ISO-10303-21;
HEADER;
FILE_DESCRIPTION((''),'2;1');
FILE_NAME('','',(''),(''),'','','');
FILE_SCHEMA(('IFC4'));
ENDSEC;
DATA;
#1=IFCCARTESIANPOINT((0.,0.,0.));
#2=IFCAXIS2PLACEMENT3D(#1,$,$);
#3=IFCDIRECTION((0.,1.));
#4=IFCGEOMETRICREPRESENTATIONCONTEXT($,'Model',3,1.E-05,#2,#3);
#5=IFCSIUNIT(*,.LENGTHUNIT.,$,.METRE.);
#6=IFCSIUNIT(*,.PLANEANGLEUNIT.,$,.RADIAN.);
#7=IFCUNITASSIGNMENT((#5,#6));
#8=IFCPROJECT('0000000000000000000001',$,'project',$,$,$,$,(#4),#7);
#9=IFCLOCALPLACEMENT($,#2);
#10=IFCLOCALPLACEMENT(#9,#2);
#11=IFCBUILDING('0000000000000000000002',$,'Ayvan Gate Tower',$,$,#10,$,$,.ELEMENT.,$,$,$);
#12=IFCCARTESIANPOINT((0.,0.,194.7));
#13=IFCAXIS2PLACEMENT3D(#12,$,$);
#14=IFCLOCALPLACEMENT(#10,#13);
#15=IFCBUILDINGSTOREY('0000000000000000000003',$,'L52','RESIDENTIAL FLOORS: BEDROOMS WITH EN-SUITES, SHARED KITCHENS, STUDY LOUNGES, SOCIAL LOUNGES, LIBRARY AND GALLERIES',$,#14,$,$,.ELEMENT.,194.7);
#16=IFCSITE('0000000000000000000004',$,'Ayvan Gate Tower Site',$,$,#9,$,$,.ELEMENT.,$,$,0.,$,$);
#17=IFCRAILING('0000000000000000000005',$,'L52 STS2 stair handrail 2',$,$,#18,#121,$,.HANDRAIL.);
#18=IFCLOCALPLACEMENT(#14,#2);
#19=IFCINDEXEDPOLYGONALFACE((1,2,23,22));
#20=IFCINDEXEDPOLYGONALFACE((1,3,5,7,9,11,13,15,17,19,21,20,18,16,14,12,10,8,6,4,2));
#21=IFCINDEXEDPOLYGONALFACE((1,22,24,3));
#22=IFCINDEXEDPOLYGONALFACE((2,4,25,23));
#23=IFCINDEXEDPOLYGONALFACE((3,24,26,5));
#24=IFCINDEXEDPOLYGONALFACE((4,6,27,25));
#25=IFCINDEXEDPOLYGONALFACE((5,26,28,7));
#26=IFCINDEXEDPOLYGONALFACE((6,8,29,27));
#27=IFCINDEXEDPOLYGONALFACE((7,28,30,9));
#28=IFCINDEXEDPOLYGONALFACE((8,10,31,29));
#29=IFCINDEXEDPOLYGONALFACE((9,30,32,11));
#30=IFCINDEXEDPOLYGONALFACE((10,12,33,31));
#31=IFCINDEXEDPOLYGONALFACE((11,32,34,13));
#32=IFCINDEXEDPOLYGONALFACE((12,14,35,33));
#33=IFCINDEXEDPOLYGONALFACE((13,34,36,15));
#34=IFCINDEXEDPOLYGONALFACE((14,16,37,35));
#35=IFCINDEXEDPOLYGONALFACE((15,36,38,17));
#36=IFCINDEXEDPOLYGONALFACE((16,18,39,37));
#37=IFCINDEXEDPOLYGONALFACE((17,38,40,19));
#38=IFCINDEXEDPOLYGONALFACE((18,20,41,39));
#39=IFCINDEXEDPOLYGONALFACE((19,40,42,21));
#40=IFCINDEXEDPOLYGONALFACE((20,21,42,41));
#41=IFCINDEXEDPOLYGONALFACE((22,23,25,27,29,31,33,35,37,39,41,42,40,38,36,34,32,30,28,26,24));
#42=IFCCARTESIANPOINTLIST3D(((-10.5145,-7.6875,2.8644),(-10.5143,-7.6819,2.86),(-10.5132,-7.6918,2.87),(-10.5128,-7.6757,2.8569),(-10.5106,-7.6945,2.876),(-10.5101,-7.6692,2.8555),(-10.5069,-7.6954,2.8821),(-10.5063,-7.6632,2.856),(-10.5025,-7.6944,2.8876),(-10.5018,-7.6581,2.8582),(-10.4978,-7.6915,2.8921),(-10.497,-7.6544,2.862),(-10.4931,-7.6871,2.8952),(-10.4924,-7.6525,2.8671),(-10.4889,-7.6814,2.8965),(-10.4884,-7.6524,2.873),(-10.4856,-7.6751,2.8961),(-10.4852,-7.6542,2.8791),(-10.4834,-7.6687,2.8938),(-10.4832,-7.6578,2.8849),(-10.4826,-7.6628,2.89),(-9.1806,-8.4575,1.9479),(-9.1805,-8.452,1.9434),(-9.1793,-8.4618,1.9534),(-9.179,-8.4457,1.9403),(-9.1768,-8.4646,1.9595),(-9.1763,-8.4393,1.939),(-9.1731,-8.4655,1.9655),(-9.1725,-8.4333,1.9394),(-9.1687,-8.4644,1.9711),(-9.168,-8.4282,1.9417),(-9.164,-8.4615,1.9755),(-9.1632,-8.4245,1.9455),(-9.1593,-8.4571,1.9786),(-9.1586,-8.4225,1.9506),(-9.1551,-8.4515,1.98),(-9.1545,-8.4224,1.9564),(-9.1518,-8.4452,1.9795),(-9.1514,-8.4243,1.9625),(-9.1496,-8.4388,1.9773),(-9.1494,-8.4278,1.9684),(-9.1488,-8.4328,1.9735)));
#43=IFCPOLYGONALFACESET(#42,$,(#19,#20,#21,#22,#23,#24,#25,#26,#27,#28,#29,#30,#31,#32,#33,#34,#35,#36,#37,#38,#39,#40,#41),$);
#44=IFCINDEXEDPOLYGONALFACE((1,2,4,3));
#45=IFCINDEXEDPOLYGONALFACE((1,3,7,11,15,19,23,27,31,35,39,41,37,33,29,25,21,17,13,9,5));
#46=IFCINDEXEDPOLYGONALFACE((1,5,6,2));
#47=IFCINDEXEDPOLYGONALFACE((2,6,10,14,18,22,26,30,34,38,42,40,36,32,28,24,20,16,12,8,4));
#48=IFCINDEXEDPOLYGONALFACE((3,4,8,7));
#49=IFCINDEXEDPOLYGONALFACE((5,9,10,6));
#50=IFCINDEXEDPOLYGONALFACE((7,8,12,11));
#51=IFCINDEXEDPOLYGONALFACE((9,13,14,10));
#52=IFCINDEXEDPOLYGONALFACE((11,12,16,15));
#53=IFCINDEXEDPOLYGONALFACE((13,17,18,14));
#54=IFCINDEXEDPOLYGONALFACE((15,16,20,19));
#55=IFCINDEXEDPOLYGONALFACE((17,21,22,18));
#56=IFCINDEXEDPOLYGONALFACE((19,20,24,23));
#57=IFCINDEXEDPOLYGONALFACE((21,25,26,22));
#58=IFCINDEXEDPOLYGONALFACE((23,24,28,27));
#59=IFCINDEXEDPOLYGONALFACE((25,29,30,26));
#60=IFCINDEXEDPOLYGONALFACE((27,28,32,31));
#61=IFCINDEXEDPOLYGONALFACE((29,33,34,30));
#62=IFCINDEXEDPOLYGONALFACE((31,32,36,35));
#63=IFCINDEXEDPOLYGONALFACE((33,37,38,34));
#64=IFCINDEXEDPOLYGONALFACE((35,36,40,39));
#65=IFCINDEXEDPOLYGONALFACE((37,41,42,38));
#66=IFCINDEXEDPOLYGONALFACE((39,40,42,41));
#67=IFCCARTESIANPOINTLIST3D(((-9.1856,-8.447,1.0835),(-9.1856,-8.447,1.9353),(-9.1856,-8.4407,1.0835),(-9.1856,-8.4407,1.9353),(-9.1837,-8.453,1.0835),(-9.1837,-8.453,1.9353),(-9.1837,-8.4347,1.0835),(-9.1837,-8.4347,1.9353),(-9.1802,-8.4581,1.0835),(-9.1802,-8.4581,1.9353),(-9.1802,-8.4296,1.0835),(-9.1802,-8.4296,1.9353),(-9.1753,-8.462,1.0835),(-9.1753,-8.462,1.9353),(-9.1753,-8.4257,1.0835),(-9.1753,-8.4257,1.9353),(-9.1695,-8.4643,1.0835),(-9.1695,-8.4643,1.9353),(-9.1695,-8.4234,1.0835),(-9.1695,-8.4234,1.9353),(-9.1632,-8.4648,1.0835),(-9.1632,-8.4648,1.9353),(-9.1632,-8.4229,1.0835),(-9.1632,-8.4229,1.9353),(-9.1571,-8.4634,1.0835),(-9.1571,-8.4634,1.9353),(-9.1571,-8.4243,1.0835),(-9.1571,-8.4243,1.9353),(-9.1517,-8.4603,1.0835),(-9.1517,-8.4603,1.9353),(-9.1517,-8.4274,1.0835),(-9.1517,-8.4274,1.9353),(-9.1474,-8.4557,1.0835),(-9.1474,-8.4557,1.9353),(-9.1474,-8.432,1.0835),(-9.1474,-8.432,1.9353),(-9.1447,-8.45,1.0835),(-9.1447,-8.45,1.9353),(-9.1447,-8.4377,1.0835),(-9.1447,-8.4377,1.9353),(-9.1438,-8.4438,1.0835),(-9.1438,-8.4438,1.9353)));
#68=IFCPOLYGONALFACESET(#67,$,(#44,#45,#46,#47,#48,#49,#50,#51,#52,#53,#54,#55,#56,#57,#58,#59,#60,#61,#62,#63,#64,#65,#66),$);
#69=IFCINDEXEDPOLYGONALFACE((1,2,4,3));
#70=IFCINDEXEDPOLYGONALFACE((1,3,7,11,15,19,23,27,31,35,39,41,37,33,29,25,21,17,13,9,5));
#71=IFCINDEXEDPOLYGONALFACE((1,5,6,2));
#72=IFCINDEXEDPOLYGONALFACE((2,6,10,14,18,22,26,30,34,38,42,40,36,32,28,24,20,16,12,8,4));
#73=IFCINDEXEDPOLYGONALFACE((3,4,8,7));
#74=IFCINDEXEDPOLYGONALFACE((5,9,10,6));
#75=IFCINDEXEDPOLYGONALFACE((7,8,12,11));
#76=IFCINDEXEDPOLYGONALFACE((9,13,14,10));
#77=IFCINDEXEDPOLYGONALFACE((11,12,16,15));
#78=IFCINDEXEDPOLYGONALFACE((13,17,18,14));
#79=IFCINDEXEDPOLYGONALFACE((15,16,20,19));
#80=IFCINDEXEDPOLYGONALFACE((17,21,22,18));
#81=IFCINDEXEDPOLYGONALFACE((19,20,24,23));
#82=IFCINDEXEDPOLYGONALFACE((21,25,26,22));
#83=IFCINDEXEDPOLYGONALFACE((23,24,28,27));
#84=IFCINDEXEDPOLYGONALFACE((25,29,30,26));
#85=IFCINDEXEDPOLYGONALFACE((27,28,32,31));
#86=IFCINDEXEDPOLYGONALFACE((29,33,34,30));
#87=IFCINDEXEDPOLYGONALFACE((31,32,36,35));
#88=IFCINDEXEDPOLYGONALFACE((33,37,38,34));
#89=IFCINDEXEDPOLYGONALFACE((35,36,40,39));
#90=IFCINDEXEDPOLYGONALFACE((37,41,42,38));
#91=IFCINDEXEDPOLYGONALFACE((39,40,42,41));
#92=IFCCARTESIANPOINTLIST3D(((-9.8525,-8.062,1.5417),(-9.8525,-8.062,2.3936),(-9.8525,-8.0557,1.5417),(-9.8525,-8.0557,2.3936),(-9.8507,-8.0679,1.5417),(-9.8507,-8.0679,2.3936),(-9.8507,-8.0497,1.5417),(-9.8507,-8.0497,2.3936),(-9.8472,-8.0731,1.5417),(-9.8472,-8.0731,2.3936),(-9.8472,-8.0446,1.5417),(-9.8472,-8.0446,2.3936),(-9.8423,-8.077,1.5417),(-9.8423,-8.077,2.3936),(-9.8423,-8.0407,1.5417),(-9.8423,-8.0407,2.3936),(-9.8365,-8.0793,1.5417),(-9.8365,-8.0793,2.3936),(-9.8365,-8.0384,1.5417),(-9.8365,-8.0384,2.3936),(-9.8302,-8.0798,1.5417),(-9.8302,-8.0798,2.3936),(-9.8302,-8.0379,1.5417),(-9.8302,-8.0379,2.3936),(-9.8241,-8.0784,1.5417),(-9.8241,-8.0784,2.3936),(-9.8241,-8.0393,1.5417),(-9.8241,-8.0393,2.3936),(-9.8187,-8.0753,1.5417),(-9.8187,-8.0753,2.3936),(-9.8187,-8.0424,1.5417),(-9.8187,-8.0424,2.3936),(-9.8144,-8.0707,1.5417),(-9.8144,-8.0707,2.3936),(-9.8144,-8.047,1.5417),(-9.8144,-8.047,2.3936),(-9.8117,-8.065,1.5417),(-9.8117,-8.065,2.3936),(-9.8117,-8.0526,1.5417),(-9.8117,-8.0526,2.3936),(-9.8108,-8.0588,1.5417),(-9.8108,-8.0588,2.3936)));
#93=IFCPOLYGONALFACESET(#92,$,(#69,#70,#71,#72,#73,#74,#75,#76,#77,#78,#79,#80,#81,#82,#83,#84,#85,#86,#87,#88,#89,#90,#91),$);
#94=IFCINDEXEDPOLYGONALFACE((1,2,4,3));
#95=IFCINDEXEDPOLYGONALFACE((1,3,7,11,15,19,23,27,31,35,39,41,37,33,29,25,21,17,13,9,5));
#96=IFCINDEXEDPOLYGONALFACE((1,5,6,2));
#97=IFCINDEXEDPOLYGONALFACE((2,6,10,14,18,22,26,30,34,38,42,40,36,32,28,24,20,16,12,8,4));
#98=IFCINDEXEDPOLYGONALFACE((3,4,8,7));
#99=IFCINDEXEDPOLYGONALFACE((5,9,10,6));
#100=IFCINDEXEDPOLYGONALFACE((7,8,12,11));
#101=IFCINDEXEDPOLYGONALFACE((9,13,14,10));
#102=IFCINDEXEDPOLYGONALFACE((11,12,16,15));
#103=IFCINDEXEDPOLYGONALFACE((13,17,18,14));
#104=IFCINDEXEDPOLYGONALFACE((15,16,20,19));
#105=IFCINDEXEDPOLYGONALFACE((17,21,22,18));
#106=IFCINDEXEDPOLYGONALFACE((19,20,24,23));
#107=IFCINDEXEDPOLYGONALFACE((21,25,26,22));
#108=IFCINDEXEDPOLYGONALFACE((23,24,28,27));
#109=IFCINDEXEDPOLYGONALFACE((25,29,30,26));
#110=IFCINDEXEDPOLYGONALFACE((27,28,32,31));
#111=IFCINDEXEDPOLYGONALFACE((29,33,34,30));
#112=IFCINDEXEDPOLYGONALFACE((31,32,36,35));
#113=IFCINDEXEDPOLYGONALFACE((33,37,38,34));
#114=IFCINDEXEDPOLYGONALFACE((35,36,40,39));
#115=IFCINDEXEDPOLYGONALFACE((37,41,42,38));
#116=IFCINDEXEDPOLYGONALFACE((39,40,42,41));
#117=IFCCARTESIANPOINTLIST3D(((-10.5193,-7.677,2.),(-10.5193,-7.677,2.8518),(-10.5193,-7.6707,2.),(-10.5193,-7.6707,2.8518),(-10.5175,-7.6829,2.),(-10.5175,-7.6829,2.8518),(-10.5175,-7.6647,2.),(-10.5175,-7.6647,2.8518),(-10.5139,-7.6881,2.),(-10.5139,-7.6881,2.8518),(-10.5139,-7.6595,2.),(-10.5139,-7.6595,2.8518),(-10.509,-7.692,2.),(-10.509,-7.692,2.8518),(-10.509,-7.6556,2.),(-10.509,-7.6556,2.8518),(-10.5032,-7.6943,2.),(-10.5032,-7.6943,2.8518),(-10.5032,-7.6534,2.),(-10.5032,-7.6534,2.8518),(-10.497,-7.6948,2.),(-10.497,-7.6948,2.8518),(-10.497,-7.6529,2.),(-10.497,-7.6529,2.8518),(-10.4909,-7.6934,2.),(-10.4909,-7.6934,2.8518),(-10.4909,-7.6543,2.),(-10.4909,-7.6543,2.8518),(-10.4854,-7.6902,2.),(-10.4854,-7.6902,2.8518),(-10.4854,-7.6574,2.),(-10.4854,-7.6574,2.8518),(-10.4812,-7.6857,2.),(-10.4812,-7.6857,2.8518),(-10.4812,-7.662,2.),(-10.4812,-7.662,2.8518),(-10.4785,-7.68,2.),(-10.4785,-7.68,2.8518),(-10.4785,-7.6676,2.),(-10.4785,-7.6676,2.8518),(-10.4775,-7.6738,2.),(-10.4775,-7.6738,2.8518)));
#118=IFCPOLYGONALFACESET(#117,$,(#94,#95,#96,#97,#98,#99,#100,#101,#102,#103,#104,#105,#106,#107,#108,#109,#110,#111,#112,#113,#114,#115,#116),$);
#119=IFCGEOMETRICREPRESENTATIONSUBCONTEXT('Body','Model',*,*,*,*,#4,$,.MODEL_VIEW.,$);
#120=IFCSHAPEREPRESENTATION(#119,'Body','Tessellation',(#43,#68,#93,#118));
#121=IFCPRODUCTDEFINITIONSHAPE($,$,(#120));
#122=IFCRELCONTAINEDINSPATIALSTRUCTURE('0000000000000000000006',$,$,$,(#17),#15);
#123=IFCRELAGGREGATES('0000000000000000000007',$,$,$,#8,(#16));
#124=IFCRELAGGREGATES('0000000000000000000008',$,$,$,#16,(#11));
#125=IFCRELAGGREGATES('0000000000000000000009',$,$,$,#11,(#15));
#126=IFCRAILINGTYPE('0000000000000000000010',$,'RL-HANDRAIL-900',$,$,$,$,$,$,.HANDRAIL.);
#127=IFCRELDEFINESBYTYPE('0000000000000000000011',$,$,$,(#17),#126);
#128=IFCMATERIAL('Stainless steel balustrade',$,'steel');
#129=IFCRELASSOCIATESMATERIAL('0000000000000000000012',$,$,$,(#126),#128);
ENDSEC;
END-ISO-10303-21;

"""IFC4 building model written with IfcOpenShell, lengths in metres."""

from ifc_helpers import new_model, si_unit, direction, frame, origin, origin_2d, place, context, subcontext, project, spatial, circle, extrude, material, type_object, element, save


model = new_model("IFC4")

# Units and contexts
model_context = context("Model", 3, precision=1e-05, world=origin(), true_north=direction((0.0, 1.0)))
body_context = subcontext(model_context, "Body", "Model", "MODEL_VIEW")
ifc_project = project(units=[si_unit("LENGTHUNIT", "METRE"), si_unit("PLANEANGLEUNIT", "RADIAN")], contexts=[model_context])

# Site, building, storey
site_placement = place(None, origin())
site = spatial("IfcSite", under=ifc_project, at=site_placement, Name="Ayvan Gate Tower Site", CompositionType="ELEMENT", RefElevation=0.0)
building_placement = place(site_placement, origin())
building = spatial("IfcBuilding", under=site, at=building_placement, Name="Ayvan Gate Tower", CompositionType="ELEMENT")
storey_placement = place(building_placement, frame((0.0, 0.0, 194.7)))
storey = spatial("IfcBuildingStorey", under=building, at=storey_placement, Name="L52", Description="RESIDENTIAL FLOORS: BEDROOMS WITH EN-SUITES, SHARED KITCHENS, STUDY LOUNGES, SOCIAL LOUNGES, LIBRARY AND GALLERIES", CompositionType="ELEMENT", Elevation=194.7)

# Railing
ifc_material_1 = material(Name="Stainless steel balustrade", Category="steel")
railing_type_1 = type_object("IfcRailingType", Name="RL-HANDRAIL-900", PredefinedType="HANDRAIL", material=ifc_material_1)
railing_1_placement = place(storey_placement, frame((-9.1648, -8.4438, 1.0835)))
element("IfcRailing", 1, at=railing_1_placement, inside=storey, type_object=railing_type_1, Name="L52 STS2 stair handrail 2", PredefinedType="HANDRAIL", context=body_context, shape_type="SweptSolid", body=[
    extrude(circle(Radius=0.0239, at=origin_2d()), frame((0.0, 0.0, 0.876), z_axis=(-0.744216, 0.429664, 0.511401), x_axis=(-0.499992, -0.86603, 0.0)), (0.0, 0.0, 1.0), 1.7922),
    extrude(circle(Radius=0.021, at=origin_2d()), origin(), (0.0, 0.0, 1.0), 0.8518),
    extrude(circle(Radius=0.021, at=origin_2d()), frame((-0.667, 0.385, 0.4583)), (0.0, 0.0, 1.0), 0.8518),
    extrude(circle(Radius=0.021, at=origin_2d()), frame((-1.3337, 0.77, 0.9165)), (0.0, 0.0, 1.0), 0.8518),
])

save(model, "model.ifc")
